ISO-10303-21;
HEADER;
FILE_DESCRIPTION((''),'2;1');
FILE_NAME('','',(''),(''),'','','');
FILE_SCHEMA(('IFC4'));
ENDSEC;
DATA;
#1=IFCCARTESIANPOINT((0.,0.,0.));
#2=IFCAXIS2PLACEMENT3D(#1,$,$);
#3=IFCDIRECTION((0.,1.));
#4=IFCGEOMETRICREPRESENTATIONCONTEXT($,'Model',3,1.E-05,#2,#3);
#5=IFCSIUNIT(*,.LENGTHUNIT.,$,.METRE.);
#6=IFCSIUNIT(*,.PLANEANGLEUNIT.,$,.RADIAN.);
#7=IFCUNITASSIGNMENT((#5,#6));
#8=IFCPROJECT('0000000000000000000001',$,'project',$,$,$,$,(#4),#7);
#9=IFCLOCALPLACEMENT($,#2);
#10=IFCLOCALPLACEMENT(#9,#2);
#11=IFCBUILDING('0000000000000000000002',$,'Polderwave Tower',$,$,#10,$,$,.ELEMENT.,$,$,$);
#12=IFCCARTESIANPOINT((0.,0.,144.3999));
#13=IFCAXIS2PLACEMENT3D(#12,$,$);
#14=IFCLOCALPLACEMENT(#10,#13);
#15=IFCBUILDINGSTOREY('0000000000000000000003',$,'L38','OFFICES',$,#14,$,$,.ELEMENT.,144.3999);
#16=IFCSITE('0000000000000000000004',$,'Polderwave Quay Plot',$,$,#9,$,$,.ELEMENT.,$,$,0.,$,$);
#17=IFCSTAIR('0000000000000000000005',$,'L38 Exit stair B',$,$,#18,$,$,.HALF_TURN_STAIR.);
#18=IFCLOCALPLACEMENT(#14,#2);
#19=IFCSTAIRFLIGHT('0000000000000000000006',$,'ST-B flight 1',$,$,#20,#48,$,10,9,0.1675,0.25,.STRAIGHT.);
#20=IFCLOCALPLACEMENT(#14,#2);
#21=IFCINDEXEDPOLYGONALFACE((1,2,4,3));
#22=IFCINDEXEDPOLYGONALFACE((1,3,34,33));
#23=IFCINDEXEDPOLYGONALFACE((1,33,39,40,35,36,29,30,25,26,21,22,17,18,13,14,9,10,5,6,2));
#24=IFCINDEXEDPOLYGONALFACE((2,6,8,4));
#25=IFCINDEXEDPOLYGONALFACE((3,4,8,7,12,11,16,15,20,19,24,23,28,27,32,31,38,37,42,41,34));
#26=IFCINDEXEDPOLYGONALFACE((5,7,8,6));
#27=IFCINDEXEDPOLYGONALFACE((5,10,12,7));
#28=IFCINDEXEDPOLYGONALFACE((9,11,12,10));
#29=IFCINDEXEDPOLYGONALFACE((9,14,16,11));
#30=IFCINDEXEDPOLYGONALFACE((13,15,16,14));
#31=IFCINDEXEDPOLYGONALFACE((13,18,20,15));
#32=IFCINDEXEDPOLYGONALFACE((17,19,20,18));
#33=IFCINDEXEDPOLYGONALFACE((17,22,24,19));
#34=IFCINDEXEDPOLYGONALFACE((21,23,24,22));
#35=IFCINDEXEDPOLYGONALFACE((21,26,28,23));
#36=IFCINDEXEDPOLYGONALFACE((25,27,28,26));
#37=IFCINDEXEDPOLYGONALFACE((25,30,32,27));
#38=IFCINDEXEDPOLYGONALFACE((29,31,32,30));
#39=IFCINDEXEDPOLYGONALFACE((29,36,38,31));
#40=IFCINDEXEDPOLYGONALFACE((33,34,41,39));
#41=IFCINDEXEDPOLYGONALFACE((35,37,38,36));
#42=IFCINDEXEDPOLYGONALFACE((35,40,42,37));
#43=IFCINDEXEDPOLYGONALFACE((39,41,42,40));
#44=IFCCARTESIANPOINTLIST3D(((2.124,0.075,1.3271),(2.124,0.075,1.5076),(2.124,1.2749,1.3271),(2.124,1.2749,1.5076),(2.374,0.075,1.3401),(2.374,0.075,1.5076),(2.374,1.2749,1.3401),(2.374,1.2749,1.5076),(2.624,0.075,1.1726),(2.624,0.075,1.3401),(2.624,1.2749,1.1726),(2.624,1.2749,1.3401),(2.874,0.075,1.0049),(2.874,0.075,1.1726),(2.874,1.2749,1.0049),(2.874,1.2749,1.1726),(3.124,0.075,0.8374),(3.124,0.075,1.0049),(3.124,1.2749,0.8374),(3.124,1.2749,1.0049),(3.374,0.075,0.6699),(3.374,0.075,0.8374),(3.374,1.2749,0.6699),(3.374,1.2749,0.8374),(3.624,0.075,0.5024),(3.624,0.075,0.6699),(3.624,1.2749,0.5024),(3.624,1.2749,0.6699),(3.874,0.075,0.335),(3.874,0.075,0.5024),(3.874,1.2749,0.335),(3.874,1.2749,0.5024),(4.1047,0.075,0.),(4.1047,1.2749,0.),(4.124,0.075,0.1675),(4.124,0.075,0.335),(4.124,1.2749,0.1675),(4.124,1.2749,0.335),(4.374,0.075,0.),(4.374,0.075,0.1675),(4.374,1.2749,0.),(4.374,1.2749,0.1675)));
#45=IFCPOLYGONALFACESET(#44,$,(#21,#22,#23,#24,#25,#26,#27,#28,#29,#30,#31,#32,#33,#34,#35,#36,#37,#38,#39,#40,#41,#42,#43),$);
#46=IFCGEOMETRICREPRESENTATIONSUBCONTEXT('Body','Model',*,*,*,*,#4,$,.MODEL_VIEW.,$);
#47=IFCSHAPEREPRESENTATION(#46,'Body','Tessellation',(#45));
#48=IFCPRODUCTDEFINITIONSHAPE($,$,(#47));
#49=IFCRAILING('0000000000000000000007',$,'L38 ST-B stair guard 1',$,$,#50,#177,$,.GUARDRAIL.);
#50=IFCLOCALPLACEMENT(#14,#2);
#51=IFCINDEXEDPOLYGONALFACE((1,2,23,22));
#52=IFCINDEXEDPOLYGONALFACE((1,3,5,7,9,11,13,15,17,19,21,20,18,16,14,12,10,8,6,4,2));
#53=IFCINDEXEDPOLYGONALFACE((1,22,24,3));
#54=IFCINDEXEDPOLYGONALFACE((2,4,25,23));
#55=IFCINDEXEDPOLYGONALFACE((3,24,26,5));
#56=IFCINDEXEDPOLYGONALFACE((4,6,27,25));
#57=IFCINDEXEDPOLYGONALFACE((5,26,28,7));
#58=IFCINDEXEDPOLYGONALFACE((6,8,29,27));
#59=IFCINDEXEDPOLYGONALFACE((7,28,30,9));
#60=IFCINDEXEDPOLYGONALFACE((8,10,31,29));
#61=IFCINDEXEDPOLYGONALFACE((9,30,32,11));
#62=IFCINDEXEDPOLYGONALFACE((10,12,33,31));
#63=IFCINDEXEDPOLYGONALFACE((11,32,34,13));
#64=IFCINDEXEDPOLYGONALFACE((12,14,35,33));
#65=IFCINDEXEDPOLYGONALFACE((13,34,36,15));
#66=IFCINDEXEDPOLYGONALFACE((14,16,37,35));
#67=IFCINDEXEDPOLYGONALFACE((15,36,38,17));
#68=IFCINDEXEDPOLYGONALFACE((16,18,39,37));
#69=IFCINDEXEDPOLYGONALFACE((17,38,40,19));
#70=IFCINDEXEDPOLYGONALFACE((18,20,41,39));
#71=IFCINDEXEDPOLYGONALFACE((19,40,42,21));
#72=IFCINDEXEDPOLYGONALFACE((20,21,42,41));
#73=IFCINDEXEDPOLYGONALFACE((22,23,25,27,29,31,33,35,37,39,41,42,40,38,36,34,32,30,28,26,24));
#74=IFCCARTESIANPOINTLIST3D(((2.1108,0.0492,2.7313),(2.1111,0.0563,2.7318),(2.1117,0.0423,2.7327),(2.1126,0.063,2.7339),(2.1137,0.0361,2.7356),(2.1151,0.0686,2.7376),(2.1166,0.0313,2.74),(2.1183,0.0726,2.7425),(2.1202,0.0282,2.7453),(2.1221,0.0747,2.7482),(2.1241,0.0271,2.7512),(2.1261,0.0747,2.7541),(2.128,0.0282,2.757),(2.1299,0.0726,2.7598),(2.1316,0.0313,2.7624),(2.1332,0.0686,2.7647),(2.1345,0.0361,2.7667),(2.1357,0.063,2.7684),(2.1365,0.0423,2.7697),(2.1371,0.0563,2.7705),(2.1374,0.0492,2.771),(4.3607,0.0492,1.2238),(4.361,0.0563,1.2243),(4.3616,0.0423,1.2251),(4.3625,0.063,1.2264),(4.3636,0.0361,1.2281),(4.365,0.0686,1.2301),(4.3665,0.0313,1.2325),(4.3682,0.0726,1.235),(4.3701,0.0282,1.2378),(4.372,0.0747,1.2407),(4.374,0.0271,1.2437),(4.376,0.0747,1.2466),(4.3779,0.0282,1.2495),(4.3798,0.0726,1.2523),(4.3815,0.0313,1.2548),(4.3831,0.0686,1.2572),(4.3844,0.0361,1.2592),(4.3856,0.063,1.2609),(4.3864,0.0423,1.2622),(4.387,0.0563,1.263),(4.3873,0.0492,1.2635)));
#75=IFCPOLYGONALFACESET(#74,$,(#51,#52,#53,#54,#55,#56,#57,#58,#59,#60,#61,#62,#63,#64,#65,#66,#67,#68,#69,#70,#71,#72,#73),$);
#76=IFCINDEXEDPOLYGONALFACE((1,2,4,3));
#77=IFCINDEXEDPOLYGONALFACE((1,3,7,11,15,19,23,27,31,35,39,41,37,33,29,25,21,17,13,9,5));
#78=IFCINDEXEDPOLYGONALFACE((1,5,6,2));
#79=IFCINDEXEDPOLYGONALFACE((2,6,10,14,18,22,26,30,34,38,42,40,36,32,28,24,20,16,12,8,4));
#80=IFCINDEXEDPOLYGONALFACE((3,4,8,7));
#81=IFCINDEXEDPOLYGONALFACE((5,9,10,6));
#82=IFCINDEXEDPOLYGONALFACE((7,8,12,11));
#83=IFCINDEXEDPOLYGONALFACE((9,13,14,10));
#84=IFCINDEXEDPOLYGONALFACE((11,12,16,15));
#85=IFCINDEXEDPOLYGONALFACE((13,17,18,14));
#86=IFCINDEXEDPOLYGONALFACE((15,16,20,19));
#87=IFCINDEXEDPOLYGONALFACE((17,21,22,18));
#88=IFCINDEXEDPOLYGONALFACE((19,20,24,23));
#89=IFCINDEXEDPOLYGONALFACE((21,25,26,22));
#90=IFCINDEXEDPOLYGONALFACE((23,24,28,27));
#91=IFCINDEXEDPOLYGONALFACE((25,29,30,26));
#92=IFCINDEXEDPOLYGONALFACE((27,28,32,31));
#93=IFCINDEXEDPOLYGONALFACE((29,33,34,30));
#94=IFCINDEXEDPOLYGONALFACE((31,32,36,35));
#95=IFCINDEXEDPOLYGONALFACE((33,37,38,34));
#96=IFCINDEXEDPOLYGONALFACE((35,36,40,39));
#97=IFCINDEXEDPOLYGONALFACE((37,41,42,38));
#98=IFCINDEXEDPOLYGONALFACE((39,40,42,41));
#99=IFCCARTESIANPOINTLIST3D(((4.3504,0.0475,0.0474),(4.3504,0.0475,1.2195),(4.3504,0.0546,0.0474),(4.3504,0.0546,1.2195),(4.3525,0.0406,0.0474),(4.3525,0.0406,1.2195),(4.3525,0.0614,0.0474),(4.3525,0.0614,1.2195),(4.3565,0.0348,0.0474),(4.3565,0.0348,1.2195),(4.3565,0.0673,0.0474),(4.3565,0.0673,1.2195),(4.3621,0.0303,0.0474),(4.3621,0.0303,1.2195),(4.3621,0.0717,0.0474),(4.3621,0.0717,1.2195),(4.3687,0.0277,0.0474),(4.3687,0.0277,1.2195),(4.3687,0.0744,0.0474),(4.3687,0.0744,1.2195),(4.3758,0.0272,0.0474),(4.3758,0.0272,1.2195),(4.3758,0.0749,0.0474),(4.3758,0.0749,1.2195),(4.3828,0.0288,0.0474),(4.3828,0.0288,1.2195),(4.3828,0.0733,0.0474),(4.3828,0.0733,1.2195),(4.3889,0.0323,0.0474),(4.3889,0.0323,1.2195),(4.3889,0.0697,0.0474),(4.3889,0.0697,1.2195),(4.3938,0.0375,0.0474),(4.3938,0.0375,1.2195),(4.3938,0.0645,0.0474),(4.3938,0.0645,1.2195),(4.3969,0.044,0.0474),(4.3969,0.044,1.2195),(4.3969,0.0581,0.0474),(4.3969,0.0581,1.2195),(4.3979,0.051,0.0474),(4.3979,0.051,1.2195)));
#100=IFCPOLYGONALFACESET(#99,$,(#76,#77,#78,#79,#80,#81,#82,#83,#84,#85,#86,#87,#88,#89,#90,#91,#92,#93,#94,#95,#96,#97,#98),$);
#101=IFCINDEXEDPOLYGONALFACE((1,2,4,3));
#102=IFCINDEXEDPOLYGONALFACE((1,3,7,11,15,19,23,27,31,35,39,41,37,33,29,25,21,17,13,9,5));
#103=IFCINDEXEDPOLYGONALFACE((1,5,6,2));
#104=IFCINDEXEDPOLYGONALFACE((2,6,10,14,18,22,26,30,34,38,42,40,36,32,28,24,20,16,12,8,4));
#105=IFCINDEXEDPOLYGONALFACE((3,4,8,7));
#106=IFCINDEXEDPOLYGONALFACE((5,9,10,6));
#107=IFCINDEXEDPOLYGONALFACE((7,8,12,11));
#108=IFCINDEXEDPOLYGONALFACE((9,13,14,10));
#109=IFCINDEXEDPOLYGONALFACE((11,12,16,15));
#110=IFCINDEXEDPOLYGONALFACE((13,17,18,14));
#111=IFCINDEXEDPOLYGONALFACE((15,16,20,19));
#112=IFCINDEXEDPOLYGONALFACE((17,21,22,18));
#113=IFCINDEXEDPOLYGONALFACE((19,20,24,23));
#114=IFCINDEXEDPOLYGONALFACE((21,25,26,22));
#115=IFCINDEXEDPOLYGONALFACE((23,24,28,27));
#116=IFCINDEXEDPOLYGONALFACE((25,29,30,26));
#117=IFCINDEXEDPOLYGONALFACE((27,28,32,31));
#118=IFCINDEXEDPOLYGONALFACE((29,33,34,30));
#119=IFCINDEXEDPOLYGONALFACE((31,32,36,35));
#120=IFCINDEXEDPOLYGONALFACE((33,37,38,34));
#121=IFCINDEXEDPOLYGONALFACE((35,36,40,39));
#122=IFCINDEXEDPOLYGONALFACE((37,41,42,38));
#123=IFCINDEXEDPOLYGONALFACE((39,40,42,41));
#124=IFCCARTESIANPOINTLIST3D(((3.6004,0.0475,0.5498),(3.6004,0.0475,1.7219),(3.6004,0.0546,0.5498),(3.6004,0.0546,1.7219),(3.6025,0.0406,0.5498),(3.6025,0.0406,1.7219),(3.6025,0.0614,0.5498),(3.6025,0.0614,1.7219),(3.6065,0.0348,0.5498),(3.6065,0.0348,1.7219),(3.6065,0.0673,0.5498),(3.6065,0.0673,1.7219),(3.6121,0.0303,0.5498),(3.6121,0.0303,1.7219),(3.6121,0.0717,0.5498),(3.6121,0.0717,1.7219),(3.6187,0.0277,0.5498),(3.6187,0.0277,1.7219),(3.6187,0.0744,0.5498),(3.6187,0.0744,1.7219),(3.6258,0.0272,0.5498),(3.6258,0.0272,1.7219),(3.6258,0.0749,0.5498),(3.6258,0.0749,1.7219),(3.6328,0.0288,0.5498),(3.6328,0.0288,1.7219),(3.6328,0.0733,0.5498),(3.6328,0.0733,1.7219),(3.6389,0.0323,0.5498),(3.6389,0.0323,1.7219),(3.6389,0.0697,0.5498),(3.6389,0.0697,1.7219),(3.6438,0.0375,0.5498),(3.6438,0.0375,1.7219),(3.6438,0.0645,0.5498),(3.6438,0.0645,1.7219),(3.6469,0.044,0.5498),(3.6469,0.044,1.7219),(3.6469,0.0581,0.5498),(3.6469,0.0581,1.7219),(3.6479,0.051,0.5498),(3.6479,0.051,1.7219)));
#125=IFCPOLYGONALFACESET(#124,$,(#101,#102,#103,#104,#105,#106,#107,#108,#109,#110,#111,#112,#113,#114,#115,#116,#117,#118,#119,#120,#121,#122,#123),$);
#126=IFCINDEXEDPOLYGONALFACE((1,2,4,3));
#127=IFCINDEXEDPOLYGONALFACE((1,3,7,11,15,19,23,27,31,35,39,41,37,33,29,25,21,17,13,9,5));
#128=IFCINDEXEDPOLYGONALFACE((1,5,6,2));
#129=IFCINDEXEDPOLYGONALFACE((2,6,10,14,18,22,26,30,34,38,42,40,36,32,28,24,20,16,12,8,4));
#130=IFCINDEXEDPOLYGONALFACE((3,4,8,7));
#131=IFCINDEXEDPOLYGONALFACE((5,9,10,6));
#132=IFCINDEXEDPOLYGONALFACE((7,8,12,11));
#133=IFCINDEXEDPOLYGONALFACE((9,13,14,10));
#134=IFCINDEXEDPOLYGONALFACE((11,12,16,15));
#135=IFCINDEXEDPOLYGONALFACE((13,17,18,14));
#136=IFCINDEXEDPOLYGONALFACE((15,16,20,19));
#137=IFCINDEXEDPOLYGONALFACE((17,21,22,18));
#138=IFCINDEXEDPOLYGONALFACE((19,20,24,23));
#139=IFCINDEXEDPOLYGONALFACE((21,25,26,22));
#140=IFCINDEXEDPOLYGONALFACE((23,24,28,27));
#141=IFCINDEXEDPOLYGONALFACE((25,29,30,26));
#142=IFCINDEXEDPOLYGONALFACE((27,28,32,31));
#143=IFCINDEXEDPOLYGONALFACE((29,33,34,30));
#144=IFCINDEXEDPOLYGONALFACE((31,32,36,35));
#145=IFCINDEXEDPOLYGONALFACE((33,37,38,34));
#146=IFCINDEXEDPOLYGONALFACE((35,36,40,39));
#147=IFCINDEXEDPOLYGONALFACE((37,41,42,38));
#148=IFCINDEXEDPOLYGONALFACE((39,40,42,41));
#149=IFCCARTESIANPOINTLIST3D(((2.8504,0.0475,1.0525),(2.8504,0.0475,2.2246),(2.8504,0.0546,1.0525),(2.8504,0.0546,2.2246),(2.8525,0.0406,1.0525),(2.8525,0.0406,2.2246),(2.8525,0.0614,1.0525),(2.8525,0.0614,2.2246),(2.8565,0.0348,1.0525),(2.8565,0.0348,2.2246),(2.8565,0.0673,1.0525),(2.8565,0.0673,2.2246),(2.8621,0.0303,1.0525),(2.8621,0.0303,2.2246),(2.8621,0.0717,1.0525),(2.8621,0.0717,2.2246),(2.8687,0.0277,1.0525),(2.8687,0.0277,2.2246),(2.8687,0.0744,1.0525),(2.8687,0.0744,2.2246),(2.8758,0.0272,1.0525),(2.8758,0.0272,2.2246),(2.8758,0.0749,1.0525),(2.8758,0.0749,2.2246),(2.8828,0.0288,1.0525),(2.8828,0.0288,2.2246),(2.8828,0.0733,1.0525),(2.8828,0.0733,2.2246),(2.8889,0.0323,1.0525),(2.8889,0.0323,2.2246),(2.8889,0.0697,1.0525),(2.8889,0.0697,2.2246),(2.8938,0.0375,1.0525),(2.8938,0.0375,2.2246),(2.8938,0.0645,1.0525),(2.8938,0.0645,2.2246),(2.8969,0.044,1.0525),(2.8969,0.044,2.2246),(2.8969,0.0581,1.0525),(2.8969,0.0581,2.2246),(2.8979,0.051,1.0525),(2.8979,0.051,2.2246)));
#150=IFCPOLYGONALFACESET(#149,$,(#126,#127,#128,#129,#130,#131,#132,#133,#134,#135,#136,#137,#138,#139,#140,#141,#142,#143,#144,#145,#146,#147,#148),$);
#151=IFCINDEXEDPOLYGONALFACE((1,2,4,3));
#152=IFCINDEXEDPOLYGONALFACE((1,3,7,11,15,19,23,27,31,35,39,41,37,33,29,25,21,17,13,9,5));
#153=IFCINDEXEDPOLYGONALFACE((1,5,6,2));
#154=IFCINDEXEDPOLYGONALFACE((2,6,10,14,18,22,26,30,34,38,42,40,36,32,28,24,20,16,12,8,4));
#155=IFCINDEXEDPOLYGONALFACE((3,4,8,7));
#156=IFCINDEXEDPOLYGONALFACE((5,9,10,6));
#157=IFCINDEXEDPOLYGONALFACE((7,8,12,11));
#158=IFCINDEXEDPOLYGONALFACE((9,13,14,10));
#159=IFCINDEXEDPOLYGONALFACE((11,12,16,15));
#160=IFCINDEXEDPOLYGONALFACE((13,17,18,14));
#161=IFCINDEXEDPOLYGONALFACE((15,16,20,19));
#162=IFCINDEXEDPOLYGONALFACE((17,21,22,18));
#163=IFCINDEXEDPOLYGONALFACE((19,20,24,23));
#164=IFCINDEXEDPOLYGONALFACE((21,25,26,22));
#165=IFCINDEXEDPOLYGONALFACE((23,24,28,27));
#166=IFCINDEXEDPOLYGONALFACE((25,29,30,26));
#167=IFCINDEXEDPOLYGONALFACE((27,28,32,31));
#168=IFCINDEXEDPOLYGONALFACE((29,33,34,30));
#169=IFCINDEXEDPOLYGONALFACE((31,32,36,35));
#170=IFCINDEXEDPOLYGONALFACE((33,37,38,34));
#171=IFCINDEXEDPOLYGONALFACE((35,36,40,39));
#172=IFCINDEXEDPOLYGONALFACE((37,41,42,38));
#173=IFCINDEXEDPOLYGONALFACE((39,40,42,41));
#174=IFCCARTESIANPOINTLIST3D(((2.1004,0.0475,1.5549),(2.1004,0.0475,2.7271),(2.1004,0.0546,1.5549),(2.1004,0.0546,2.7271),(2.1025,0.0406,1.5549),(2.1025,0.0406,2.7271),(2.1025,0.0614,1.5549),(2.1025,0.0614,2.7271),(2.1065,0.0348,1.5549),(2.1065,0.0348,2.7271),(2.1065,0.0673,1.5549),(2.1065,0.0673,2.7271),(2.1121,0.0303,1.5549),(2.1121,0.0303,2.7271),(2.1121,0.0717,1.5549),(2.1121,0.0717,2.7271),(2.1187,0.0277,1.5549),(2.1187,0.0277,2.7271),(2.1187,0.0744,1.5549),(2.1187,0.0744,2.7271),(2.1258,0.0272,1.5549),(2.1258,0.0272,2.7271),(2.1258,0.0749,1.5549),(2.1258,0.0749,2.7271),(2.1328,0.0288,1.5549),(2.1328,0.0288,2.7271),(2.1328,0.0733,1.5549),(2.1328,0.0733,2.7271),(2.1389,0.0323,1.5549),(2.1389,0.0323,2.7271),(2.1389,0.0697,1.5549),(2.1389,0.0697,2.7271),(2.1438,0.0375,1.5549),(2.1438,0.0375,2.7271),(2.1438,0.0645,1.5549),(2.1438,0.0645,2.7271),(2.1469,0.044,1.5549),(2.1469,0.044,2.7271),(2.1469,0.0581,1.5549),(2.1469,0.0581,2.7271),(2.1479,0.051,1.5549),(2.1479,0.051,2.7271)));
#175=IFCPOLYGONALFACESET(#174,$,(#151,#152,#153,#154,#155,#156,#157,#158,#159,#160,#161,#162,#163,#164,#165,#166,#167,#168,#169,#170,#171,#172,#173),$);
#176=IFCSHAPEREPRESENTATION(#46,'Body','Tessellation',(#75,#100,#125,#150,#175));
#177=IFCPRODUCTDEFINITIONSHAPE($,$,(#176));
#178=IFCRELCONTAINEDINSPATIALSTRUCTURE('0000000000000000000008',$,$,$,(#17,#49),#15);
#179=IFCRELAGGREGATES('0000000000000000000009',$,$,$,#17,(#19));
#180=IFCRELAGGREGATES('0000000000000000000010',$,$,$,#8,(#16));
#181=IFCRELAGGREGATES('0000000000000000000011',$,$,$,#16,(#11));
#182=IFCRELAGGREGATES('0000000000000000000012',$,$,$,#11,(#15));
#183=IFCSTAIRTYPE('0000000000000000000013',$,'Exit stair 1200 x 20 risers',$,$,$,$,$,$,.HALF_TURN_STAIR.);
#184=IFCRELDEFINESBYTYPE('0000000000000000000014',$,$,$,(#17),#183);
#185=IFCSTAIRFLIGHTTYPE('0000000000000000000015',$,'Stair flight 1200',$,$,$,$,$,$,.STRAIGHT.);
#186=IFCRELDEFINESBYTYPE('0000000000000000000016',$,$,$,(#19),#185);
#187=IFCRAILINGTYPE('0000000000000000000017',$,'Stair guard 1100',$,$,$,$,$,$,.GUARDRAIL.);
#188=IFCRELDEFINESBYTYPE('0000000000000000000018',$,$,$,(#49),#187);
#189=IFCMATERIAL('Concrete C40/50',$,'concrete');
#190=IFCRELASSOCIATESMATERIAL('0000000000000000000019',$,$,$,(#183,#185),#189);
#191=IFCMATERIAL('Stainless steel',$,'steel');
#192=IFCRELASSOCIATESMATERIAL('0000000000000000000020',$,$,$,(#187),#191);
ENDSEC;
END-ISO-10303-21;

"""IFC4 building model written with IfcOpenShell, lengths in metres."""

from ifc_helpers import new_model, si_unit, direction, frame, origin, origin_2d, place, context, subcontext, project, spatial, polyline, circle, outline, extrude, material, type_object, element, aggregate, save


model = new_model("IFC4")

# Units and contexts
model_context = context("Model", 3, precision=1e-05, world=origin(), true_north=direction((0.0, 1.0)))
body_context = subcontext(model_context, "Body", "Model", "MODEL_VIEW")
ifc_project = project(units=[si_unit("LENGTHUNIT", "METRE"), si_unit("PLANEANGLEUNIT", "RADIAN")], contexts=[model_context])

# Site, building, storey
site_placement = place(None, origin())
site = spatial("IfcSite", under=ifc_project, at=site_placement, Name="Polderwave Quay Plot", CompositionType="ELEMENT", RefElevation=0.0)
building_placement = place(site_placement, origin())
building = spatial("IfcBuilding", under=site, at=building_placement, Name="Polderwave Tower", CompositionType="ELEMENT")
storey_placement = place(building_placement, frame((0.0, 0.0, 144.3999)))
storey = spatial("IfcBuildingStorey", under=building, at=storey_placement, Name="L38", Description="OFFICES", CompositionType="ELEMENT", Elevation=144.3999)

# Shared definitions
ifc_material_1 = material(Name="Stainless steel", Category="steel")

# Stair, stair flight
ifc_material_2 = material(Name="Concrete C40/50", Category="concrete")
stair_type = type_object("IfcStairType", Name="Exit stair 1200 x 20 risers", PredefinedType="HALF_TURN_STAIR", material=ifc_material_2)
stair_placement = place(storey_placement, origin())
stair = element("IfcStair", 1, at=stair_placement, inside=storey, type_object=stair_type, Name="L38 Exit stair B", PredefinedType="HALF_TURN_STAIR")
stair_flight_type = type_object("IfcStairFlightType", Name="Stair flight 1200", PredefinedType="STRAIGHT", material=ifc_material_2)
stair_flight_placement = place(storey_placement, frame((4.374, 0.675, 0.0), z_axis=(0.0, 0.0, 1.0), x_axis=(-1.0, 0.0, 0.0)))
stair_flight = element("IfcStairFlight", 2, at=stair_flight_placement, type_object=stair_flight_type, Name="ST-B flight 1", NumberOfRisers=10, NumberOfTreads=9, PredefinedType="STRAIGHT", RiserHeight=0.1675, TreadLength=0.25, context=body_context, shape_type="SweptSolid", body=[
    extrude(outline(polyline([(0.0, 0.0), (0.0, 0.1675), (0.25, 0.1675), (0.25, 0.335), (0.5, 0.335), (0.5, 0.5024), (0.75, 0.5024), (0.75, 0.6699), (1.0, 0.6699), (1.0, 0.8374), (1.25, 0.8374), (1.25, 1.0049), (1.5, 1.0049), (1.5, 1.1726), (1.75, 1.1726), (1.75, 1.3401), (2.0, 1.3401), (2.0, 1.5076), (2.25, 1.5076), (2.25, 1.675), (2.25, 1.3271), (0.2693, 0.0), (0.0, 0.0)])), frame((0.0, 0.6001, 0.0), z_axis=(0.0, -1.0, 0.0), x_axis=(1.0, 0.0, 0.0)), (0.0, 0.0, 1.0), 1.2),
])
aggregate(stair, [stair_flight])

# Railing
railing_type_1 = type_object("IfcRailingType", Name="Stair guard 1100", PredefinedType="GUARDRAIL", material=ifc_material_1)
railing_1_placement = place(storey_placement, frame((4.374, 0.051, 0.0474)))
element("IfcRailing", 3, at=railing_1_placement, inside=storey, type_object=railing_type_1, Name="L38 ST-B stair guard 1", PredefinedType="GUARDRAIL", context=body_context, shape_type="SweptSolid", body=[
    extrude(circle(Radius=0.0239, at=origin_2d()), frame((0.0, 0.0, 1.1963), z_axis=(-0.830758, 0.0, 0.556633), x_axis=(0.0, -1.0, 0.0)), (0.0, 0.0, 1.0), 2.7083),
    extrude(circle(Radius=0.0239, at=origin_2d()), origin(), (0.0, 0.0, 1.0), 1.1721),
    extrude(circle(Radius=0.0239, at=origin_2d()), frame((-0.75, 0.0, 0.5024)), (0.0, 0.0, 1.0), 1.1721),
    extrude(circle(Radius=0.0239, at=origin_2d()), frame((-1.5, 0.0, 1.0051)), (0.0, 0.0, 1.0), 1.1721),
    extrude(circle(Radius=0.0239, at=origin_2d()), frame((-2.25, 0.0, 1.5076)), (0.0, 0.0, 1.0), 1.1721),
])

save(model, "model.ifc")
